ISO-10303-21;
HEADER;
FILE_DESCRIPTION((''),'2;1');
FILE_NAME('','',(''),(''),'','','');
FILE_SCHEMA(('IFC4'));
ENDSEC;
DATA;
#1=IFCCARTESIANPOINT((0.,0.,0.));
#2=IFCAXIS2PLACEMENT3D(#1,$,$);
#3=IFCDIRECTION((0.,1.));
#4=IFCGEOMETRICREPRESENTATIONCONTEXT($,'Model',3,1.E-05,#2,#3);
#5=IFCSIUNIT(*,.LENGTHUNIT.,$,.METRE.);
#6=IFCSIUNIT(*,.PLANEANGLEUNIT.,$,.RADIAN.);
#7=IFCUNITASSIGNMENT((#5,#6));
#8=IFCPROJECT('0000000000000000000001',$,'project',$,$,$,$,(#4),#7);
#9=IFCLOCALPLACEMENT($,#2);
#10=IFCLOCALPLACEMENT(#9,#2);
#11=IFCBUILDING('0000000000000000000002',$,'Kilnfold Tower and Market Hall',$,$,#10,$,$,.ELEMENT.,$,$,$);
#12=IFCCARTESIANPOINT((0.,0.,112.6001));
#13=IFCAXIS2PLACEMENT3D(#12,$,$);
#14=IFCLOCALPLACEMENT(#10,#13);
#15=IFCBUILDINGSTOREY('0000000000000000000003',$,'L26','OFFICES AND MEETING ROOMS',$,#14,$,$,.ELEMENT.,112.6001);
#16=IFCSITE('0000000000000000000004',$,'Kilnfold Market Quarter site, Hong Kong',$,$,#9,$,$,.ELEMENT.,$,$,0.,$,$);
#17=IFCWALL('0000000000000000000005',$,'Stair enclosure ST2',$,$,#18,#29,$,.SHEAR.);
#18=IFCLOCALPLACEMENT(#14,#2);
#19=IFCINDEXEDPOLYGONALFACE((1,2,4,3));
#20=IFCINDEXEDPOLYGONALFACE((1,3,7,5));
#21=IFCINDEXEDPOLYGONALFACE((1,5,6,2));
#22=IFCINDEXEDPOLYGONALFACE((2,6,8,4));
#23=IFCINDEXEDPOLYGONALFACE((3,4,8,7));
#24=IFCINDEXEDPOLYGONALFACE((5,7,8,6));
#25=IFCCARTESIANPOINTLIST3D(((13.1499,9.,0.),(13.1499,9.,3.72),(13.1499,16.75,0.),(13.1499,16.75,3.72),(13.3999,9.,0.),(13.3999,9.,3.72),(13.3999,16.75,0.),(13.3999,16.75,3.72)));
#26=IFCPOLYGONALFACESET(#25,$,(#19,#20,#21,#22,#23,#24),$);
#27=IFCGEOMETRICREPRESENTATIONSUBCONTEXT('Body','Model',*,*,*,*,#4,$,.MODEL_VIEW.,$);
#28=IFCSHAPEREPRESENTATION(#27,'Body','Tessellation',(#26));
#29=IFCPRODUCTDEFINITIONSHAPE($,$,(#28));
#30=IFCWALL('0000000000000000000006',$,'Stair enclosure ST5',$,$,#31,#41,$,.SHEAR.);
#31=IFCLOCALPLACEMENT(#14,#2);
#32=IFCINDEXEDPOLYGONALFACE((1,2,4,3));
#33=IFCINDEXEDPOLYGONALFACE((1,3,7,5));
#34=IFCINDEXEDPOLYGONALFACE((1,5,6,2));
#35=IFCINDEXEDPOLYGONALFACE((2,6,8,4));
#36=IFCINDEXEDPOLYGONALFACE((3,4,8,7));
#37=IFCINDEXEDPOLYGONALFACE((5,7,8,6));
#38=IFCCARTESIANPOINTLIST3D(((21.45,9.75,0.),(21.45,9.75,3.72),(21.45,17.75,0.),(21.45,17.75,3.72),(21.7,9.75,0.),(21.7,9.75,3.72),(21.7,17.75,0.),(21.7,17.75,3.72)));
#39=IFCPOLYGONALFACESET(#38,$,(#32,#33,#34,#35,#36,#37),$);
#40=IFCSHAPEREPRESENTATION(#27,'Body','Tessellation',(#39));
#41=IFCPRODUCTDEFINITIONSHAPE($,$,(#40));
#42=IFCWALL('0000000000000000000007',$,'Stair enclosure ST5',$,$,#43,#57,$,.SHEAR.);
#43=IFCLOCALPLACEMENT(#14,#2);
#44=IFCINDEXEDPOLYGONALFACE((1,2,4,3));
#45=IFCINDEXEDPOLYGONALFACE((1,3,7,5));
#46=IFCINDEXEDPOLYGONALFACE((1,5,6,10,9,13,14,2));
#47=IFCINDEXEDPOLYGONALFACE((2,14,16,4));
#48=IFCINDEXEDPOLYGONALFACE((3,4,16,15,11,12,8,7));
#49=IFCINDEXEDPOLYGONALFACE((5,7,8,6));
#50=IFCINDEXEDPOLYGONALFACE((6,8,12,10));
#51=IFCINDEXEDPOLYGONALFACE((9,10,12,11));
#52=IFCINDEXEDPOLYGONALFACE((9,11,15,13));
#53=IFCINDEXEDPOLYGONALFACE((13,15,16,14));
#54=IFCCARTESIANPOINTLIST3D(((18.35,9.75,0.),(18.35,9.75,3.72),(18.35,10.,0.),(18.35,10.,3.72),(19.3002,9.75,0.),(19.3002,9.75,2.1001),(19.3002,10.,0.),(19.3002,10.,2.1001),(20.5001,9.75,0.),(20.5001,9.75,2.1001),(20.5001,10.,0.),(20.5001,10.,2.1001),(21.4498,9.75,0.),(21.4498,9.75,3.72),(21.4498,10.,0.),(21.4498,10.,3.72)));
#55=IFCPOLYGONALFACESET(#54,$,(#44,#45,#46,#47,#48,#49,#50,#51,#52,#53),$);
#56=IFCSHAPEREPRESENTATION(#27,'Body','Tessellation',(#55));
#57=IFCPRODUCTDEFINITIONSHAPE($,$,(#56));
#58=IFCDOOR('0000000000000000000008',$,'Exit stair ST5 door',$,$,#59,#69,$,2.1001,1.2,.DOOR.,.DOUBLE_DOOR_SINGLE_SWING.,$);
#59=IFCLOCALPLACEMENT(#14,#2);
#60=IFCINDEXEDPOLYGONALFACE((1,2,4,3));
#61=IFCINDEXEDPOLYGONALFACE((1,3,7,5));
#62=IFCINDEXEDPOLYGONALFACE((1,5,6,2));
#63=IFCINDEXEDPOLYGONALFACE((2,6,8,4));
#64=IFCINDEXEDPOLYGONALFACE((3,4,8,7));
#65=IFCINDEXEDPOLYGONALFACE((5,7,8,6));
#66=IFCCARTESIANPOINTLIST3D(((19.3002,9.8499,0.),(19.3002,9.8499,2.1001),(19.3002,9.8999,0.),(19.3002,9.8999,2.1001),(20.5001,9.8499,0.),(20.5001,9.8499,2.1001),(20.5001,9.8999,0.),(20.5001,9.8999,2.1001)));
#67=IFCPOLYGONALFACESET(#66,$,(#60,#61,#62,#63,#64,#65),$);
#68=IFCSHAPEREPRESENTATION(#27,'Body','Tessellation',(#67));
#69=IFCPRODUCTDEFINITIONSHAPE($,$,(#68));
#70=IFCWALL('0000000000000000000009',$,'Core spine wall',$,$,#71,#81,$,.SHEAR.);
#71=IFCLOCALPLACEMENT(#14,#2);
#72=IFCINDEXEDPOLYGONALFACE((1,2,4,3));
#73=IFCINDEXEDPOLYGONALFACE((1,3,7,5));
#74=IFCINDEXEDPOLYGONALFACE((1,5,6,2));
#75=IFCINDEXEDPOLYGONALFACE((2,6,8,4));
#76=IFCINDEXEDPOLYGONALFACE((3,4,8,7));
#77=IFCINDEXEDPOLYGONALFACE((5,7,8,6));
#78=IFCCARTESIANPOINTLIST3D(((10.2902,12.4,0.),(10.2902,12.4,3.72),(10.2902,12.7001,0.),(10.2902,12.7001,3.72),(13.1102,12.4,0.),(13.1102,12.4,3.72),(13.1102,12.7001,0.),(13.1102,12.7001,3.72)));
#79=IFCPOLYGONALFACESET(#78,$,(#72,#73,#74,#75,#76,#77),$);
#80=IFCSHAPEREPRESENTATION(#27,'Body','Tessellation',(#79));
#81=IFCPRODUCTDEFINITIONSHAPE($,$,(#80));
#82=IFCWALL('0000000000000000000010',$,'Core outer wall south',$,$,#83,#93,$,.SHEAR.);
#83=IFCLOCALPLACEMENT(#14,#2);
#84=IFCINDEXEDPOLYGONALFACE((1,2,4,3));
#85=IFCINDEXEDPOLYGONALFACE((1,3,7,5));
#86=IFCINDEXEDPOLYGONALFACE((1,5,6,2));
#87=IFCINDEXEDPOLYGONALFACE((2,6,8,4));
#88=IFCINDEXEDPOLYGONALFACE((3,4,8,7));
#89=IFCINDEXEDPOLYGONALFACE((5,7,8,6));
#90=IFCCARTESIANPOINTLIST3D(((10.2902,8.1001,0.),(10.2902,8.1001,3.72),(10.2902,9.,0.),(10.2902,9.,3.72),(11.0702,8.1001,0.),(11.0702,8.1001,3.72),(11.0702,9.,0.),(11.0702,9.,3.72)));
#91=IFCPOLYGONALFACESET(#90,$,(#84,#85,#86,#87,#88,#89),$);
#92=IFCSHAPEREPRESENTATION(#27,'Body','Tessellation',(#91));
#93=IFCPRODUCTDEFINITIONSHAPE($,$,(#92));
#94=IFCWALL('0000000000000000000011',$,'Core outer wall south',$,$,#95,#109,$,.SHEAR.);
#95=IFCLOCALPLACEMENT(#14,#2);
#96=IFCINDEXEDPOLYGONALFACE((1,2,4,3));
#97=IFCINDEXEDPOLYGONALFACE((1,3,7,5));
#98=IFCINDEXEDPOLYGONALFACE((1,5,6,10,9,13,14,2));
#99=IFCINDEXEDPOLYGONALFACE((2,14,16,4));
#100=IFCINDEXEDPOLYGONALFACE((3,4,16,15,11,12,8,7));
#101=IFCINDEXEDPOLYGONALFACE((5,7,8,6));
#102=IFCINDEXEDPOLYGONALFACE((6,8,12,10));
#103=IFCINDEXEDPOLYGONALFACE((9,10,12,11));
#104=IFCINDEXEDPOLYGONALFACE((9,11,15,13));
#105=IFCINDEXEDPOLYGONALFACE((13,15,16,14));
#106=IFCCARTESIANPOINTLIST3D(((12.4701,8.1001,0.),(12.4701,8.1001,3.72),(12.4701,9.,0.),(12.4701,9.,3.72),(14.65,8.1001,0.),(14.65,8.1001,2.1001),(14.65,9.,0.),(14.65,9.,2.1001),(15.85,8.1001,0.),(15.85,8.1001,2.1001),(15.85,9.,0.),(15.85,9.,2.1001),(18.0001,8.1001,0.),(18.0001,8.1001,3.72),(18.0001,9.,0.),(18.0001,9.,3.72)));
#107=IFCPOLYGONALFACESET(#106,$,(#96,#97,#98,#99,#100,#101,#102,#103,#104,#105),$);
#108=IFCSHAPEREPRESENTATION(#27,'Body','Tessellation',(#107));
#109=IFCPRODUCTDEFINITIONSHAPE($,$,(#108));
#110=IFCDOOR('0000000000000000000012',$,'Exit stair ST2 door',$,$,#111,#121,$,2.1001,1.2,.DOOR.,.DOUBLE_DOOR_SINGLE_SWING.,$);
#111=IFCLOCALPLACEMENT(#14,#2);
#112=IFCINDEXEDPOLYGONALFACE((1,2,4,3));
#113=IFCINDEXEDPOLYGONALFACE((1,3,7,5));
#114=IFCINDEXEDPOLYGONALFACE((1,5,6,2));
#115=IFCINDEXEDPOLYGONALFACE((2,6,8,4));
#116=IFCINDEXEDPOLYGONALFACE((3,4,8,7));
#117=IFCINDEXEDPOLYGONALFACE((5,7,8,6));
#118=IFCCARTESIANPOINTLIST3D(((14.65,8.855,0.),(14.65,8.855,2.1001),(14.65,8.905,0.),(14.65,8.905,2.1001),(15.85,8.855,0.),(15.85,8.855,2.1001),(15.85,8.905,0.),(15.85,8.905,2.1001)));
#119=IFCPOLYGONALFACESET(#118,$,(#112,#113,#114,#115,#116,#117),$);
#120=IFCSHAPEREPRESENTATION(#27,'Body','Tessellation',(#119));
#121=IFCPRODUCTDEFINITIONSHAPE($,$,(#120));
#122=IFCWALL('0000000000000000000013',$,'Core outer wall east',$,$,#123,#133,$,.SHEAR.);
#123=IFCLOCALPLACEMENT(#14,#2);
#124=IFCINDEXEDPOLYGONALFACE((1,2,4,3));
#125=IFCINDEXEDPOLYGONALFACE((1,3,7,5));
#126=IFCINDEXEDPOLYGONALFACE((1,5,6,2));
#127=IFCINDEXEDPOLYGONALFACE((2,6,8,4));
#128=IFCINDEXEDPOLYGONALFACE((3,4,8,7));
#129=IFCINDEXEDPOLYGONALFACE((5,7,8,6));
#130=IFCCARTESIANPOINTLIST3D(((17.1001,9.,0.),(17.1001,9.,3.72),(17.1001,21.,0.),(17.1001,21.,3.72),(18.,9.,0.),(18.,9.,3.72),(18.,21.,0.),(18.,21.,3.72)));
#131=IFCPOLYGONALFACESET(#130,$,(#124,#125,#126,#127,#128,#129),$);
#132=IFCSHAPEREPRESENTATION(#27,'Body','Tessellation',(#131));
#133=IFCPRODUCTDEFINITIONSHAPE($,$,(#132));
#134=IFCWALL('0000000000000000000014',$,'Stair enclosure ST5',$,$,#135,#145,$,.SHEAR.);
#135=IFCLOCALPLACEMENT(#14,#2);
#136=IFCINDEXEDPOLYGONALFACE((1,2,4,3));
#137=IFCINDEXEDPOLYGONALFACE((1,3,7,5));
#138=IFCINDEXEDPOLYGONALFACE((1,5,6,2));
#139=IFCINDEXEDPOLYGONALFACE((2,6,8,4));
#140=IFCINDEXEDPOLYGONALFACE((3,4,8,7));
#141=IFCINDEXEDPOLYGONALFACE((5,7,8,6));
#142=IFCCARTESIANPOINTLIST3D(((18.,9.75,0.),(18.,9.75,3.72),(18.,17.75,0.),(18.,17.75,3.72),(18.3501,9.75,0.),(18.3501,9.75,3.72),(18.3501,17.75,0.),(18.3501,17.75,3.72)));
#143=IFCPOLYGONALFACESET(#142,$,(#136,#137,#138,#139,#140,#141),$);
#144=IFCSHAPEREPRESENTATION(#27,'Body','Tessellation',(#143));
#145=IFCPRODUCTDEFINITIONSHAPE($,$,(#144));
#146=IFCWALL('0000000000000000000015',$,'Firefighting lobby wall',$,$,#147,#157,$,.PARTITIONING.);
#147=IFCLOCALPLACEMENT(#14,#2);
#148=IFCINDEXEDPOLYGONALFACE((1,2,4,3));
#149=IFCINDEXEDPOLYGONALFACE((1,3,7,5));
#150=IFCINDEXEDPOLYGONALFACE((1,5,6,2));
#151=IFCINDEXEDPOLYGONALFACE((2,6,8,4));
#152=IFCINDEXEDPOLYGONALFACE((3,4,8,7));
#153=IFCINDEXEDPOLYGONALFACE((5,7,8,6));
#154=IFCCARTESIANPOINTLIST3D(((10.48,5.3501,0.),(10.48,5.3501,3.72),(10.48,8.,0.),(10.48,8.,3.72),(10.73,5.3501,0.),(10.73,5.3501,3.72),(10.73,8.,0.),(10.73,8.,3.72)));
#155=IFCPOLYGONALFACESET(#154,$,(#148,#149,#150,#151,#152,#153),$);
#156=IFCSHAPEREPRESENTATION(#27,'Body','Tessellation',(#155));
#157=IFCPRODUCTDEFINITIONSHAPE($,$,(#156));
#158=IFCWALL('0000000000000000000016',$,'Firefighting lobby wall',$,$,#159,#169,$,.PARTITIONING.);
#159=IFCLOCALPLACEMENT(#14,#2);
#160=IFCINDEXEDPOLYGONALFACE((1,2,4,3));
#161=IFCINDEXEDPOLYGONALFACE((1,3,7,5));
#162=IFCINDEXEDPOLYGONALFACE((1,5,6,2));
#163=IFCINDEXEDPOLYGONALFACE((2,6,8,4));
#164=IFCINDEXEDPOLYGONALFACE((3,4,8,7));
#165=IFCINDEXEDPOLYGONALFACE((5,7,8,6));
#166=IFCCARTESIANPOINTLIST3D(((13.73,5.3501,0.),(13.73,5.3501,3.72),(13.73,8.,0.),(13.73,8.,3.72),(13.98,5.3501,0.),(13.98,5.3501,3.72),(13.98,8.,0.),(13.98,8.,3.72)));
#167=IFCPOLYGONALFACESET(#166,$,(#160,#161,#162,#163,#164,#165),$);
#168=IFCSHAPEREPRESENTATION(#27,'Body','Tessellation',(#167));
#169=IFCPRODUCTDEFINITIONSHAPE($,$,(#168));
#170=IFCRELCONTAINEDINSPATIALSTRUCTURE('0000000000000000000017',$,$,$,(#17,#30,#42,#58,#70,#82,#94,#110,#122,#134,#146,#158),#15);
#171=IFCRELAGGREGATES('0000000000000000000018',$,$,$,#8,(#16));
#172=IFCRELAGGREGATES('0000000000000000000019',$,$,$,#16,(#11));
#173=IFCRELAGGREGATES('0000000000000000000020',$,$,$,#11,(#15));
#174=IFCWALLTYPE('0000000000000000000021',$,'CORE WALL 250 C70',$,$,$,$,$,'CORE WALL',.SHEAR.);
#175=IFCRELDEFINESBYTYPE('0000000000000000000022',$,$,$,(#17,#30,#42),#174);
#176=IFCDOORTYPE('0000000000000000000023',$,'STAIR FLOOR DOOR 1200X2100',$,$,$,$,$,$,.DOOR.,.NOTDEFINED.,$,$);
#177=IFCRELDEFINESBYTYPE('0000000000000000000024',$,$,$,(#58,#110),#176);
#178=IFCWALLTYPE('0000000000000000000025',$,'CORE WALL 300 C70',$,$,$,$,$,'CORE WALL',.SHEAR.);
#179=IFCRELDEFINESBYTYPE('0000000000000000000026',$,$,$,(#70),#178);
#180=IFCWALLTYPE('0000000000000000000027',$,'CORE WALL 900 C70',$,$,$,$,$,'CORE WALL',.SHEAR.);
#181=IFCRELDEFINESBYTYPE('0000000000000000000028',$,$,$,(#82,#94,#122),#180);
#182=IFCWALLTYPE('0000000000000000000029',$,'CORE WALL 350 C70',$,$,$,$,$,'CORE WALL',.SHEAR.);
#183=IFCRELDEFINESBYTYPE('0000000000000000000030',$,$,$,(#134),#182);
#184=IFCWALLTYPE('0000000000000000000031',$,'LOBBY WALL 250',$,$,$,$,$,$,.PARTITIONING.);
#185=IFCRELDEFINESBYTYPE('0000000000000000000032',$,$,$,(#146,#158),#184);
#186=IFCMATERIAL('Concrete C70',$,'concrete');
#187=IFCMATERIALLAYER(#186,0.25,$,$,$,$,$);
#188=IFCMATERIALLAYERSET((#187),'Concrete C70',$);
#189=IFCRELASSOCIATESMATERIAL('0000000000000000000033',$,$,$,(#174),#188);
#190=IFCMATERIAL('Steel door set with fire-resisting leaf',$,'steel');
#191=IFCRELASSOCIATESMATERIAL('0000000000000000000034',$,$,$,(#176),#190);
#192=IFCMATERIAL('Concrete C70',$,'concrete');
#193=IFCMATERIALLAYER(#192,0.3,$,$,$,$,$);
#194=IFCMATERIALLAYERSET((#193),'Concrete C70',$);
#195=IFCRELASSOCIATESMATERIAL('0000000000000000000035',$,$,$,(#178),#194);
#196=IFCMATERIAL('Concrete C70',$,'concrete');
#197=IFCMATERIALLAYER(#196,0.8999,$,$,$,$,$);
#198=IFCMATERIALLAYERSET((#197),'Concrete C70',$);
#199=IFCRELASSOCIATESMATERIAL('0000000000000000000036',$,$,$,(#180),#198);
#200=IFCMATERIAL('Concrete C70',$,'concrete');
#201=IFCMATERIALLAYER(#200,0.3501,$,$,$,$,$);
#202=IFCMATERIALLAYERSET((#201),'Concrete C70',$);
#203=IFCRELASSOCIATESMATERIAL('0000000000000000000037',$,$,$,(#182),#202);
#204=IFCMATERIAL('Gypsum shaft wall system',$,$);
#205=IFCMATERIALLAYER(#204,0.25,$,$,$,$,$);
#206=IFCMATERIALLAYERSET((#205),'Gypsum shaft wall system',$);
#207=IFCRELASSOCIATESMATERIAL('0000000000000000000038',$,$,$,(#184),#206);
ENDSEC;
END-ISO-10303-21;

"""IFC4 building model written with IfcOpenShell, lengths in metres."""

from ifc_helpers import new_model, si_unit, direction, frame, frame_2d, origin, place, context, subcontext, project, spatial, rectangle, extrude, source, transform, mapped, material, layer, layer_set, type_object, element, fill, save


model = new_model("IFC4")

# Units and contexts
model_context = context("Model", 3, precision=1e-05, world=origin(), true_north=direction((0.0, 1.0)))
body_context = subcontext(model_context, "Body", "Model", "MODEL_VIEW")
ifc_project = project(units=[si_unit("LENGTHUNIT", "METRE"), si_unit("PLANEANGLEUNIT", "RADIAN")], contexts=[model_context])

# Site, building, storey
site_placement = place(None, origin())
site = spatial("IfcSite", under=ifc_project, at=site_placement, Name="Kilnfold Market Quarter site, Hong Kong", CompositionType="ELEMENT", RefElevation=0.0)
building_placement = place(site_placement, origin())
building = spatial("IfcBuilding", under=site, at=building_placement, Name="Kilnfold Tower and Market Hall", CompositionType="ELEMENT")
storey_placement = place(building_placement, frame((0.0, 0.0, 112.6001)))
storey = spatial("IfcBuildingStorey", under=building, at=storey_placement, Name="L26", Description="OFFICES AND MEETING ROOMS", CompositionType="ELEMENT", Elevation=112.6001)

# Walls
ifc_material_1 = material(Name="Concrete C70", Category="concrete")
ifc_layer_1 = layer(ifc_material_1, 0.25)
ifc_layer_set_1 = layer_set([ifc_layer_1], Name="Concrete C70")
wall_type_1 = type_object("IfcWallType", Name="CORE WALL 250 C70", ElementType="CORE WALL", PredefinedType="SHEAR", material=ifc_layer_set_1)
shared_shape_1 = source(origin(), body_context, "Body", "SweptSolid", [
    extrude(rectangle(XDim=7.75, YDim=0.25, at=frame_2d((3.875, 0.0))), origin(), (0.0, 0.0, 1.0), 3.72),
])
wall_1_placement = place(storey_placement, frame((13.2749, 9.0, 0.0), z_axis=(0.0, 0.0, 1.0), x_axis=(0.0, 1.0, 0.0)))
element("IfcWall", 1, at=wall_1_placement, inside=storey, type_object=wall_type_1, Name="Stair enclosure ST2", PredefinedType="SHEAR", context=body_context, shape_type="MappedRepresentation", body=[
    mapped(shared_shape_1, transform((0.0, 0.0, 0.0))),
])
shared_shape_2 = source(origin(), body_context, "Body", "SweptSolid", [
    extrude(rectangle(XDim=8.0, YDim=0.25, at=frame_2d((4.0, 0.0))), origin(), (0.0, 0.0, 1.0), 3.72),
])
wall_2_placement = place(storey_placement, frame((21.575, 9.75, 0.0), z_axis=(0.0, 0.0, 1.0), x_axis=(0.0, 1.0, 0.0)))
element("IfcWall", 2, at=wall_2_placement, inside=storey, type_object=wall_type_1, Name="Stair enclosure ST5", PredefinedType="SHEAR", context=body_context, shape_type="MappedRepresentation", body=[
    mapped(shared_shape_2, transform((0.0, 0.0, 0.0))),
])

# Wall, opening, door
shared_shape_3 = source(origin(), body_context, "Body", "SweptSolid", [
    extrude(rectangle(XDim=3.0999, YDim=0.25, at=frame_2d((1.5498, 0.0))), origin(), (0.0, 0.0, 1.0), 3.72),
])
wall_3_placement = place(storey_placement, frame((18.3501, 9.875, 0.0), z_axis=(0.0, 0.0, 1.0), x_axis=(1.0, 0.0, 0.0)))
wall_3 = element("IfcWall", 3, at=wall_3_placement, inside=storey, type_object=wall_type_1, Name="Stair enclosure ST5", PredefinedType="SHEAR", context=body_context, shape_type="MappedRepresentation", body=[
    mapped(shared_shape_3, transform((0.0, 0.0, 0.0))),
])
opening_1_placement = place(wall_3_placement, frame((0.95, 0.0, 0.0)))
opening_1 = element("IfcOpeningElement", 4, at=opening_1_placement, cuts=wall_3, PredefinedType="OPENING", context=body_context, shape_type="SweptSolid", body=[
    extrude(rectangle(XDim=1.2, YDim=2.1001, at=frame_2d((0.6001, 1.05))), frame((0.0, 0.135, 0.0), z_axis=(0.0, -1.0, 0.0), x_axis=(1.0, 0.0, 0.0)), (0.0, 0.0, 1.0), 0.27),
])
ifc_material_2 = material(Name="Steel door set with fire-resisting leaf", Category="steel")
door_type_1 = type_object("IfcDoorType", Name="STAIR FLOOR DOOR 1200X2100", OperationType="NOTDEFINED", PredefinedType="DOOR", material=ifc_material_2)
door_1_placement = place(opening_1_placement, origin())
door_1 = element("IfcDoor", 5, at=door_1_placement, inside=storey, type_object=door_type_1, Name="Exit stair ST5 door", OperationType="DOUBLE_DOOR_SINGLE_SWING", OverallHeight=2.1001, OverallWidth=1.2, PredefinedType="DOOR", context=body_context, shape_type="SweptSolid", body=[
    extrude(rectangle(XDim=1.2, YDim=2.1001, at=frame_2d((0.6001, 1.05))), frame((0.0, 0.0249, 0.0), z_axis=(0.0, -1.0, 0.0), x_axis=(1.0, 0.0, 0.0)), (0.0, 0.0, 1.0), 0.05),
])
fill(opening_1, door_1)

# Walls
ifc_material_3 = material(Name="Concrete C70", Category="concrete")
ifc_layer_2 = layer(ifc_material_3, 0.3)
ifc_layer_set_2 = layer_set([ifc_layer_2], Name="Concrete C70")
wall_type_2 = type_object("IfcWallType", Name="CORE WALL 300 C70", ElementType="CORE WALL", PredefinedType="SHEAR", material=ifc_layer_set_2)
shared_shape_4 = source(origin(), body_context, "Body", "SweptSolid", [
    extrude(rectangle(XDim=2.8201, YDim=0.3, at=frame_2d((1.4102, 0.0))), origin(), (0.0, 0.0, 1.0), 3.72),
])
wall_4_placement = place(storey_placement, frame((10.29, 12.55, 0.0), z_axis=(0.0, 0.0, 1.0), x_axis=(1.0, 0.0, 0.0)))
element("IfcWall", 6, at=wall_4_placement, inside=storey, type_object=wall_type_2, Name="Core spine wall", PredefinedType="SHEAR", context=body_context, shape_type="MappedRepresentation", body=[
    mapped(shared_shape_4, transform((0.0, 0.0, 0.0))),
])
ifc_material_4 = material(Name="Concrete C70", Category="concrete")
ifc_layer_3 = layer(ifc_material_4, 0.8999)
ifc_layer_set_3 = layer_set([ifc_layer_3], Name="Concrete C70")
wall_type_3 = type_object("IfcWallType", Name="CORE WALL 900 C70", ElementType="CORE WALL", PredefinedType="SHEAR", material=ifc_layer_set_3)
shared_shape_5 = source(origin(), body_context, "Body", "SweptSolid", [
    extrude(rectangle(XDim=0.78, YDim=0.8999, at=frame_2d((0.3901, 0.0))), origin(), (0.0, 0.0, 1.0), 3.72),
])
wall_5_placement = place(storey_placement, frame((10.29, 8.55, 0.0), z_axis=(0.0, 0.0, 1.0), x_axis=(1.0, 0.0, 0.0)))
element("IfcWall", 7, at=wall_5_placement, inside=storey, type_object=wall_type_3, Name="Core outer wall south", PredefinedType="SHEAR", context=body_context, shape_type="MappedRepresentation", body=[
    mapped(shared_shape_5, transform((0.0, 0.0, 0.0))),
])

# Wall, opening, door
shared_shape_6 = source(origin(), body_context, "Body", "SweptSolid", [
    extrude(rectangle(XDim=5.53, YDim=0.8999, at=frame_2d((2.7651, 0.0))), origin(), (0.0, 0.0, 1.0), 3.72),
])
wall_6_placement = place(storey_placement, frame((12.47, 8.55, 0.0), z_axis=(0.0, 0.0, 1.0), x_axis=(1.0, 0.0, 0.0)))
wall_6 = element("IfcWall", 8, at=wall_6_placement, inside=storey, type_object=wall_type_3, Name="Core outer wall south", PredefinedType="SHEAR", context=body_context, shape_type="MappedRepresentation", body=[
    mapped(shared_shape_6, transform((0.0, 0.0, 0.0))),
])
opening_2_placement = place(wall_6_placement, frame((2.1799, 0.0, 0.0)))
opening_2 = element("IfcOpeningElement", 9, at=opening_2_placement, cuts=wall_6, PredefinedType="OPENING", context=body_context, shape_type="SweptSolid", body=[
    extrude(rectangle(XDim=1.2, YDim=2.1001, at=frame_2d((0.6001, 1.05))), frame((0.0, 0.46, 0.0), z_axis=(0.0, -1.0, 0.0), x_axis=(1.0, 0.0, 0.0)), (0.0, 0.0, 1.0), 0.9199),
])
door_2_placement = place(opening_2_placement, origin())
door_2 = element("IfcDoor", 10, at=door_2_placement, inside=storey, type_object=door_type_1, Name="Exit stair ST2 door", OperationType="DOUBLE_DOOR_SINGLE_SWING", OverallHeight=2.1001, OverallWidth=1.2, PredefinedType="DOOR", context=body_context, shape_type="SweptSolid", body=[
    extrude(rectangle(XDim=1.2, YDim=2.1001, at=frame_2d((0.6001, 1.05))), frame((0.0, 0.355, 0.0), z_axis=(0.0, -1.0, 0.0), x_axis=(1.0, 0.0, 0.0)), (0.0, 0.0, 1.0), 0.05),
])
fill(opening_2, door_2)

# Walls
shared_shape_7 = source(origin(), body_context, "Body", "SweptSolid", [
    extrude(rectangle(XDim=12.0, YDim=0.8999, at=frame_2d((6.0, 0.0))), origin(), (0.0, 0.0, 1.0), 3.72),
])
wall_7_placement = place(storey_placement, frame((17.55, 9.0, 0.0), z_axis=(0.0, 0.0, 1.0), x_axis=(0.0, 1.0, 0.0)))
element("IfcWall", 11, at=wall_7_placement, inside=storey, type_object=wall_type_3, Name="Core outer wall east", PredefinedType="SHEAR", context=body_context, shape_type="MappedRepresentation", body=[
    mapped(shared_shape_7, transform((0.0, 0.0, 0.0))),
])
ifc_material_5 = material(Name="Concrete C70", Category="concrete")
ifc_layer_4 = layer(ifc_material_5, 0.3501)
ifc_layer_set_4 = layer_set([ifc_layer_4], Name="Concrete C70")
wall_type_4 = type_object("IfcWallType", Name="CORE WALL 350 C70", ElementType="CORE WALL", PredefinedType="SHEAR", material=ifc_layer_set_4)
shared_shape_8 = source(origin(), body_context, "Body", "SweptSolid", [
    extrude(rectangle(XDim=8.0, YDim=0.3501, at=frame_2d((4.0, 0.0))), origin(), (0.0, 0.0, 1.0), 3.72),
])
wall_8_placement = place(storey_placement, frame((18.175, 9.75, 0.0), z_axis=(0.0, 0.0, 1.0), x_axis=(0.0, 1.0, 0.0)))
element("IfcWall", 12, at=wall_8_placement, inside=storey, type_object=wall_type_4, Name="Stair enclosure ST5", PredefinedType="SHEAR", context=body_context, shape_type="MappedRepresentation", body=[
    mapped(shared_shape_8, transform((0.0, 0.0, 0.0))),
])
ifc_material_6 = material(Name="Gypsum shaft wall system")
ifc_layer_5 = layer(ifc_material_6, 0.25)
ifc_layer_set_5 = layer_set([ifc_layer_5], Name="Gypsum shaft wall system")
wall_type_5 = type_object("IfcWallType", Name="LOBBY WALL 250", PredefinedType="PARTITIONING", material=ifc_layer_set_5)
shared_shape_9 = source(origin(), body_context, "Body", "SweptSolid", [
    extrude(rectangle(XDim=2.6499, YDim=0.25, at=frame_2d((1.325, 0.0))), origin(), (0.0, 0.0, 1.0), 3.72),
])
for number, where, z_axis, x_axis, name in (
    (13, (10.605, 5.3501, 0.0), (0.0, 0.0, 1.0), (0.0, 1.0, 0.0), "Firefighting lobby wall"),
    (14, (13.855, 5.3501, 0.0), (0.0, 0.0, 1.0), (0.0, 1.0, 0.0), "Firefighting lobby wall"),
):
    element("IfcWall", number, at=place(storey_placement, frame(where, z_axis=z_axis, x_axis=x_axis)), inside=storey, type_object=wall_type_5, Name=name, PredefinedType="PARTITIONING", context=body_context, shape_type="MappedRepresentation", body=[
        mapped(shared_shape_9, transform((0.0, 0.0, 0.0))),
    ])

save(model, "model.ifc")
